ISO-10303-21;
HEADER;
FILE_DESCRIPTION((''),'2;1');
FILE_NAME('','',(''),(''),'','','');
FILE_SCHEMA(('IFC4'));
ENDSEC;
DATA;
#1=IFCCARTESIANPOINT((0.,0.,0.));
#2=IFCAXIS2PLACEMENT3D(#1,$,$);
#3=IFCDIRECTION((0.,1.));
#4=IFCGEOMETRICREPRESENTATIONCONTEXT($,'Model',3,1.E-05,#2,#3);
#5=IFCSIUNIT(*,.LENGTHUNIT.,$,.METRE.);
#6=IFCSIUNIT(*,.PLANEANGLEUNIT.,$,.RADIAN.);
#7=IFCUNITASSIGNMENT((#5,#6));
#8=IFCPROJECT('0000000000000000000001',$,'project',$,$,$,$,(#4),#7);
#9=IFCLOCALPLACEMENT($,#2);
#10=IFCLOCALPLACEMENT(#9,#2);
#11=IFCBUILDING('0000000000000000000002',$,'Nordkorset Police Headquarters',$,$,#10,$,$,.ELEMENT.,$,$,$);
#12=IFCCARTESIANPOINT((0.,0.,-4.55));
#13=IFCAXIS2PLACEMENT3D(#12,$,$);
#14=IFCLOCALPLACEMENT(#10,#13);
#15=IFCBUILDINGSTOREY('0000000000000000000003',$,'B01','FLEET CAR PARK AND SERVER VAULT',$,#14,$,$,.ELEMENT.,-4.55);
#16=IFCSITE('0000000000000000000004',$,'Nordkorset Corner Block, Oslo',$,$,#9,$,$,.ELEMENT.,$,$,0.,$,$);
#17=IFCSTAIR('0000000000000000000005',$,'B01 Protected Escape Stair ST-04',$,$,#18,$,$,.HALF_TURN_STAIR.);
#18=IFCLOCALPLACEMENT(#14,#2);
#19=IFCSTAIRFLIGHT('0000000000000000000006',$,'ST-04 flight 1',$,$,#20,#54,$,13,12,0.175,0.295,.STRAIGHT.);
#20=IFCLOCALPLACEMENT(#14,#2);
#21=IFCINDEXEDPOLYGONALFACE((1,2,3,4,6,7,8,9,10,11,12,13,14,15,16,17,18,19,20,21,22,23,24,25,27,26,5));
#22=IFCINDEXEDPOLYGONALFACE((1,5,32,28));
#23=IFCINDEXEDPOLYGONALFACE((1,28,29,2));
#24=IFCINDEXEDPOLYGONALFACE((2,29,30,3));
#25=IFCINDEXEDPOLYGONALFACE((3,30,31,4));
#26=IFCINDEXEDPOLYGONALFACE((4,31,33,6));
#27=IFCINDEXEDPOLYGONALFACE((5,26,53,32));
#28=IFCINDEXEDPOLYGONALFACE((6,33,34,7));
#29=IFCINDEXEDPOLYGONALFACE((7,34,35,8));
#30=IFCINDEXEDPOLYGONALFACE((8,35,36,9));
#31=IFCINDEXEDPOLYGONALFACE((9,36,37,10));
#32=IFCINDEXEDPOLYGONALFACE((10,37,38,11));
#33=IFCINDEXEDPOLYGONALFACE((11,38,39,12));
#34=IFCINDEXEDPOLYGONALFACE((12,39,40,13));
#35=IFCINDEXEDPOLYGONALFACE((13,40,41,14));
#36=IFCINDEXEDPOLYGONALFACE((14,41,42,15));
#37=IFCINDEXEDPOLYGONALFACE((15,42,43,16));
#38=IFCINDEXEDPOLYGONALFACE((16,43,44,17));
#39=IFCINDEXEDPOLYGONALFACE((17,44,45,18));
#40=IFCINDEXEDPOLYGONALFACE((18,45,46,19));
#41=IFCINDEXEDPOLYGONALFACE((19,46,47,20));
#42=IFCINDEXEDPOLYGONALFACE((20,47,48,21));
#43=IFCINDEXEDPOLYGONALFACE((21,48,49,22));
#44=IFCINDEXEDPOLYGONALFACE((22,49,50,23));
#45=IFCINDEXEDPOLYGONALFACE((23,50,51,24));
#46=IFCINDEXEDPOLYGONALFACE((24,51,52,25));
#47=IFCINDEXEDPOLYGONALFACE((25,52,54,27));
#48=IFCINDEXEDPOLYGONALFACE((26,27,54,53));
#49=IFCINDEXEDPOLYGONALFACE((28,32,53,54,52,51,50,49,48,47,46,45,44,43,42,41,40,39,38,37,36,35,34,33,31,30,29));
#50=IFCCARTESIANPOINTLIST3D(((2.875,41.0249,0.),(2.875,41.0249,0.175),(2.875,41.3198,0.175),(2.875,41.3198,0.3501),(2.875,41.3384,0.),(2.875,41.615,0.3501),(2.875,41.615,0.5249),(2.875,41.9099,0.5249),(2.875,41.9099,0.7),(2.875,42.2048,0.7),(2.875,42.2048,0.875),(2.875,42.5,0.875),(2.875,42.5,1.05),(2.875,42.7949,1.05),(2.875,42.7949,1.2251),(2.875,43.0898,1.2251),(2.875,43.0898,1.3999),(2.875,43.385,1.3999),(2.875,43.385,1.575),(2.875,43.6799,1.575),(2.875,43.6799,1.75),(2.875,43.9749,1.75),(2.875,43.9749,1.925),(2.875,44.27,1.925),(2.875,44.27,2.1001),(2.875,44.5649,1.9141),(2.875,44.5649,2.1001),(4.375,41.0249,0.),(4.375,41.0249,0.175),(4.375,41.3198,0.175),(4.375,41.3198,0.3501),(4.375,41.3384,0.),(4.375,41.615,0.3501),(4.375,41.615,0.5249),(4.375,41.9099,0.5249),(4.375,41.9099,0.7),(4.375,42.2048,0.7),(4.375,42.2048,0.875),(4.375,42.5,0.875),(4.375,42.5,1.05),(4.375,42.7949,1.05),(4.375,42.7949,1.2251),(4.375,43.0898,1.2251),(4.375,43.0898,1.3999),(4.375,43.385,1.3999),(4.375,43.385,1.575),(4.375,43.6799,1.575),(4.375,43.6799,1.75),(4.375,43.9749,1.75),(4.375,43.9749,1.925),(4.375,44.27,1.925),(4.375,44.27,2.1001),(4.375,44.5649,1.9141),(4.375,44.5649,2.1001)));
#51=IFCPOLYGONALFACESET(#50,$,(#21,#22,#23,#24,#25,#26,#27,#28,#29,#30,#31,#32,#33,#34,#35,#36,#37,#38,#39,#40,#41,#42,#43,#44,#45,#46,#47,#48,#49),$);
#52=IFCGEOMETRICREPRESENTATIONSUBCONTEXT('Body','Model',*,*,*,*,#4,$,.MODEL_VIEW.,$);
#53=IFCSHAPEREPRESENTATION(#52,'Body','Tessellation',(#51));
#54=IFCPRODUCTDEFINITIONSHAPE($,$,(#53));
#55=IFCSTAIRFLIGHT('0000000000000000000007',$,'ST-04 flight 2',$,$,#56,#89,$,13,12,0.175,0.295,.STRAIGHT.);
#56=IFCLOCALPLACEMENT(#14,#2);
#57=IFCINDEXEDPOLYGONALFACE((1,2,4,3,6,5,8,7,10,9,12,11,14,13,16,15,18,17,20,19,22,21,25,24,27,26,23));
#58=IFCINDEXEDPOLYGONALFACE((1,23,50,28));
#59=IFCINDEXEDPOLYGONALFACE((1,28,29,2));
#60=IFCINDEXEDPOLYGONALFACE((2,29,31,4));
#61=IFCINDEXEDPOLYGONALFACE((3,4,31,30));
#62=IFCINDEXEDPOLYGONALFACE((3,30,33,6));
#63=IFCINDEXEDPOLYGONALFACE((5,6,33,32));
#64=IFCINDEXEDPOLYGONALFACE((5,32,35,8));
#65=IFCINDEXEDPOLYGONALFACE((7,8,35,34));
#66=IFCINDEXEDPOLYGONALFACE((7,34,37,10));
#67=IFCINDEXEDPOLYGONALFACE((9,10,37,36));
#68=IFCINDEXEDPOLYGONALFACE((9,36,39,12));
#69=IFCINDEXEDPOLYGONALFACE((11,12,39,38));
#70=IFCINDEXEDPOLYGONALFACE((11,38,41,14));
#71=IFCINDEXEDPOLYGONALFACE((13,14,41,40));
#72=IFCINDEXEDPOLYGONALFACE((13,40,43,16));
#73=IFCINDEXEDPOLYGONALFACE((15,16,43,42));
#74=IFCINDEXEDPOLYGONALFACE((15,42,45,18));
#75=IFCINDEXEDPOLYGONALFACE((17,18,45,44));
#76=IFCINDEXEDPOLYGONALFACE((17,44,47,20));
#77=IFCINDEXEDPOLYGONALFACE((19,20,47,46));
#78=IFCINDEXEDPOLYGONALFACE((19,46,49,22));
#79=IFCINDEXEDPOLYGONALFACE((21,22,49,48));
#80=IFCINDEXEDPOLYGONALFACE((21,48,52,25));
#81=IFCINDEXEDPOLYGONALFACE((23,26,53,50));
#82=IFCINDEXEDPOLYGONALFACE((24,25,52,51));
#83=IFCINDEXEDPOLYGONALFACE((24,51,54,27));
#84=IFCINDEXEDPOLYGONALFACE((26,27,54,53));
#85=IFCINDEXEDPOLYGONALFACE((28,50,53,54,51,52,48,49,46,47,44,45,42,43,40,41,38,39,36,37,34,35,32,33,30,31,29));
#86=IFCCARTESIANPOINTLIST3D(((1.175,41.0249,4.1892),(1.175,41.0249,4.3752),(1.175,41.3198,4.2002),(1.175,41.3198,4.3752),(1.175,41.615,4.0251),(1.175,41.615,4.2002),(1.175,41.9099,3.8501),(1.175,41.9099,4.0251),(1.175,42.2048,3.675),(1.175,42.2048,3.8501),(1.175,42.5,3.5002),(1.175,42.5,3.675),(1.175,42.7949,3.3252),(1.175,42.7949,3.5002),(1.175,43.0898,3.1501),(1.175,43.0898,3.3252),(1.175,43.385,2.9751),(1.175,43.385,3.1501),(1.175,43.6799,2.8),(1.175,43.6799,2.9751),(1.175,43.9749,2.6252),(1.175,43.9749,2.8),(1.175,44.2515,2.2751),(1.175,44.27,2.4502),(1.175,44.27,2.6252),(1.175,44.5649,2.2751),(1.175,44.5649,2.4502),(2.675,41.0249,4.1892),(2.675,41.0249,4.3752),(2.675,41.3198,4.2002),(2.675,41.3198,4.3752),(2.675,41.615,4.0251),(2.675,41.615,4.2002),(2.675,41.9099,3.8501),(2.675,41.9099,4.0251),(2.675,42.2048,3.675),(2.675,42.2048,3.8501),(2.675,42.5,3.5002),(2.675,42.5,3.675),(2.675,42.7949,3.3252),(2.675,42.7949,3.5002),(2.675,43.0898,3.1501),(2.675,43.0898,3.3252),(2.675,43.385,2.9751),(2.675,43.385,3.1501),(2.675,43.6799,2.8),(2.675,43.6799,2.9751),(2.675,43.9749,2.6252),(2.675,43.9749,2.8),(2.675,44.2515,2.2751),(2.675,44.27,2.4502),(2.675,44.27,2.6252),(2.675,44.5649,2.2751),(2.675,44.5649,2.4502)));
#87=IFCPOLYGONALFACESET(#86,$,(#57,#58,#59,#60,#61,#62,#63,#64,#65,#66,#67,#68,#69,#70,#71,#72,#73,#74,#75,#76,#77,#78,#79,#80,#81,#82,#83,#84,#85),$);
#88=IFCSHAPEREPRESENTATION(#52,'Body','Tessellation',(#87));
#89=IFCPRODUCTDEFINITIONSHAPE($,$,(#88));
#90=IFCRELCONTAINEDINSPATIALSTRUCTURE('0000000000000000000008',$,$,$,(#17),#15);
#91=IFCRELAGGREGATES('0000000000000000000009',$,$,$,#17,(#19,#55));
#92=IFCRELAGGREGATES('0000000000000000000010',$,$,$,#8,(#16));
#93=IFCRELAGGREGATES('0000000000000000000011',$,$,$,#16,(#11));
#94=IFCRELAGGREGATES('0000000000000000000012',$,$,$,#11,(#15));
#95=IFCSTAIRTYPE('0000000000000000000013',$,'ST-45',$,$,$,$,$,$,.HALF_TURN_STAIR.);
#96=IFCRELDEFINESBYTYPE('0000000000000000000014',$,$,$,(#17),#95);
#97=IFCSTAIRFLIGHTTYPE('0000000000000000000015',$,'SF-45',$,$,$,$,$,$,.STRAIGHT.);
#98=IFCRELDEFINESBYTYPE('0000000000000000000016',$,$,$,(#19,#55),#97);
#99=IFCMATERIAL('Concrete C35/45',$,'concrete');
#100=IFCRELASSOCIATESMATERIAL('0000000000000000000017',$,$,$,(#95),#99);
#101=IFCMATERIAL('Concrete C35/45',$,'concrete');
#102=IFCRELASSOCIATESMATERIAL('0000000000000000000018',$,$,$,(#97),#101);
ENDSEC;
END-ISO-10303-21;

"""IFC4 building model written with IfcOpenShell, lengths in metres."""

from ifc_helpers import new_model, si_unit, direction, frame, origin, place, context, subcontext, project, spatial, polyline, outline, extrude, material, type_object, element, aggregate, save


model = new_model("IFC4")

# Units and contexts
model_context = context("Model", 3, precision=1e-05, world=origin(), true_north=direction((0.0, 1.0)))
body_context = subcontext(model_context, "Body", "Model", "MODEL_VIEW")
ifc_project = project(units=[si_unit("LENGTHUNIT", "METRE"), si_unit("PLANEANGLEUNIT", "RADIAN")], contexts=[model_context])

# Site, building, storey
site_placement = place(None, origin())
site = spatial("IfcSite", under=ifc_project, at=site_placement, Name="Nordkorset Corner Block, Oslo", CompositionType="ELEMENT", RefElevation=0.0)
building_placement = place(site_placement, origin())
building = spatial("IfcBuilding", under=site, at=building_placement, Name="Nordkorset Police Headquarters", CompositionType="ELEMENT")
storey_placement = place(building_placement, frame((0.0, 0.0, -4.55)))
storey = spatial("IfcBuildingStorey", under=building, at=storey_placement, Name="B01", Description="FLEET CAR PARK AND SERVER VAULT", CompositionType="ELEMENT", Elevation=-4.55)

# Stair, stair flights
ifc_material_1 = material(Name="Concrete C35/45", Category="concrete")
stair_type = type_object("IfcStairType", Name="ST-45", PredefinedType="HALF_TURN_STAIR", material=ifc_material_1)
stair_placement = place(storey_placement, origin())
stair = element("IfcStair", 1, at=stair_placement, inside=storey, type_object=stair_type, Name="B01 Protected Escape Stair ST-04", PredefinedType="HALF_TURN_STAIR")
ifc_material_2 = material(Name="Concrete C35/45", Category="concrete")
stair_flight_type = type_object("IfcStairFlightType", Name="SF-45", PredefinedType="STRAIGHT", material=ifc_material_2)
stair_flight_1_placement = place(storey_placement, frame((3.625, 41.0249, 0.0), z_axis=(0.0, 0.0, 1.0), x_axis=(0.0, 1.0, 0.0)))
stair_flight_1 = element("IfcStairFlight", 2, at=stair_flight_1_placement, type_object=stair_flight_type, Name="ST-04 flight 1", NumberOfRisers=13, NumberOfTreads=12, PredefinedType="STRAIGHT", RiserHeight=0.175, TreadLength=0.295, context=body_context, shape_type="SweptSolid", body=[
    extrude(outline(polyline([(0.0, 0.0), (0.0, 0.175), (0.2949, 0.175), (0.2949, 0.3501), (0.5901, 0.3501), (0.5901, 0.5249), (0.885, 0.5249), (0.885, 0.7), (1.1799, 0.7), (1.1799, 0.875), (1.4751, 0.875), (1.4751, 1.05), (1.77, 1.05), (1.77, 1.2251), (2.0649, 1.2251), (2.0649, 1.3999), (2.3601, 1.3999), (2.3601, 1.575), (2.655, 1.575), (2.655, 1.75), (2.95, 1.75), (2.95, 1.925), (3.2451, 1.925), (3.2451, 2.1001), (3.54, 2.1001), (3.54, 2.2749), (3.54, 1.9141), (0.3135, 0.0), (0.0, 0.0)])), frame((0.0, 0.75, 0.0), z_axis=(0.0, -1.0, 0.0), x_axis=(1.0, 0.0, 0.0)), (0.0, 0.0, 1.0), 1.5),
])
stair_flight_2_placement = place(storey_placement, frame((1.925, 44.5649, 2.2751), z_axis=(0.0, 0.0, 1.0), x_axis=(0.0, -1.0, 0.0)))
stair_flight_2 = element("IfcStairFlight", 3, at=stair_flight_2_placement, type_object=stair_flight_type, Name="ST-04 flight 2", NumberOfRisers=13, NumberOfTreads=12, PredefinedType="STRAIGHT", RiserHeight=0.175, TreadLength=0.295, context=body_context, shape_type="SweptSolid", body=[
    extrude(outline(polyline([(0.0, 0.0), (0.0, 0.175), (0.2949, 0.175), (0.2949, 0.3501), (0.5901, 0.3501), (0.5901, 0.5249), (0.885, 0.5249), (0.885, 0.7), (1.1799, 0.7), (1.1799, 0.875), (1.4751, 0.875), (1.4751, 1.05), (1.77, 1.05), (1.77, 1.2251), (2.0649, 1.2251), (2.0649, 1.3999), (2.3601, 1.3999), (2.3601, 1.575), (2.655, 1.575), (2.655, 1.75), (2.95, 1.75), (2.95, 1.925), (3.2451, 1.925), (3.2451, 2.1001), (3.54, 2.1001), (3.54, 2.2749), (3.54, 1.9141), (0.3135, 0.0), (0.0, 0.0)])), frame((0.0, 0.75, 0.0), z_axis=(0.0, -1.0, 0.0), x_axis=(1.0, 0.0, 0.0)), (0.0, 0.0, 1.0), 1.5),
])
aggregate(stair, [stair_flight_1, stair_flight_2])

save(model, "model.ifc")
